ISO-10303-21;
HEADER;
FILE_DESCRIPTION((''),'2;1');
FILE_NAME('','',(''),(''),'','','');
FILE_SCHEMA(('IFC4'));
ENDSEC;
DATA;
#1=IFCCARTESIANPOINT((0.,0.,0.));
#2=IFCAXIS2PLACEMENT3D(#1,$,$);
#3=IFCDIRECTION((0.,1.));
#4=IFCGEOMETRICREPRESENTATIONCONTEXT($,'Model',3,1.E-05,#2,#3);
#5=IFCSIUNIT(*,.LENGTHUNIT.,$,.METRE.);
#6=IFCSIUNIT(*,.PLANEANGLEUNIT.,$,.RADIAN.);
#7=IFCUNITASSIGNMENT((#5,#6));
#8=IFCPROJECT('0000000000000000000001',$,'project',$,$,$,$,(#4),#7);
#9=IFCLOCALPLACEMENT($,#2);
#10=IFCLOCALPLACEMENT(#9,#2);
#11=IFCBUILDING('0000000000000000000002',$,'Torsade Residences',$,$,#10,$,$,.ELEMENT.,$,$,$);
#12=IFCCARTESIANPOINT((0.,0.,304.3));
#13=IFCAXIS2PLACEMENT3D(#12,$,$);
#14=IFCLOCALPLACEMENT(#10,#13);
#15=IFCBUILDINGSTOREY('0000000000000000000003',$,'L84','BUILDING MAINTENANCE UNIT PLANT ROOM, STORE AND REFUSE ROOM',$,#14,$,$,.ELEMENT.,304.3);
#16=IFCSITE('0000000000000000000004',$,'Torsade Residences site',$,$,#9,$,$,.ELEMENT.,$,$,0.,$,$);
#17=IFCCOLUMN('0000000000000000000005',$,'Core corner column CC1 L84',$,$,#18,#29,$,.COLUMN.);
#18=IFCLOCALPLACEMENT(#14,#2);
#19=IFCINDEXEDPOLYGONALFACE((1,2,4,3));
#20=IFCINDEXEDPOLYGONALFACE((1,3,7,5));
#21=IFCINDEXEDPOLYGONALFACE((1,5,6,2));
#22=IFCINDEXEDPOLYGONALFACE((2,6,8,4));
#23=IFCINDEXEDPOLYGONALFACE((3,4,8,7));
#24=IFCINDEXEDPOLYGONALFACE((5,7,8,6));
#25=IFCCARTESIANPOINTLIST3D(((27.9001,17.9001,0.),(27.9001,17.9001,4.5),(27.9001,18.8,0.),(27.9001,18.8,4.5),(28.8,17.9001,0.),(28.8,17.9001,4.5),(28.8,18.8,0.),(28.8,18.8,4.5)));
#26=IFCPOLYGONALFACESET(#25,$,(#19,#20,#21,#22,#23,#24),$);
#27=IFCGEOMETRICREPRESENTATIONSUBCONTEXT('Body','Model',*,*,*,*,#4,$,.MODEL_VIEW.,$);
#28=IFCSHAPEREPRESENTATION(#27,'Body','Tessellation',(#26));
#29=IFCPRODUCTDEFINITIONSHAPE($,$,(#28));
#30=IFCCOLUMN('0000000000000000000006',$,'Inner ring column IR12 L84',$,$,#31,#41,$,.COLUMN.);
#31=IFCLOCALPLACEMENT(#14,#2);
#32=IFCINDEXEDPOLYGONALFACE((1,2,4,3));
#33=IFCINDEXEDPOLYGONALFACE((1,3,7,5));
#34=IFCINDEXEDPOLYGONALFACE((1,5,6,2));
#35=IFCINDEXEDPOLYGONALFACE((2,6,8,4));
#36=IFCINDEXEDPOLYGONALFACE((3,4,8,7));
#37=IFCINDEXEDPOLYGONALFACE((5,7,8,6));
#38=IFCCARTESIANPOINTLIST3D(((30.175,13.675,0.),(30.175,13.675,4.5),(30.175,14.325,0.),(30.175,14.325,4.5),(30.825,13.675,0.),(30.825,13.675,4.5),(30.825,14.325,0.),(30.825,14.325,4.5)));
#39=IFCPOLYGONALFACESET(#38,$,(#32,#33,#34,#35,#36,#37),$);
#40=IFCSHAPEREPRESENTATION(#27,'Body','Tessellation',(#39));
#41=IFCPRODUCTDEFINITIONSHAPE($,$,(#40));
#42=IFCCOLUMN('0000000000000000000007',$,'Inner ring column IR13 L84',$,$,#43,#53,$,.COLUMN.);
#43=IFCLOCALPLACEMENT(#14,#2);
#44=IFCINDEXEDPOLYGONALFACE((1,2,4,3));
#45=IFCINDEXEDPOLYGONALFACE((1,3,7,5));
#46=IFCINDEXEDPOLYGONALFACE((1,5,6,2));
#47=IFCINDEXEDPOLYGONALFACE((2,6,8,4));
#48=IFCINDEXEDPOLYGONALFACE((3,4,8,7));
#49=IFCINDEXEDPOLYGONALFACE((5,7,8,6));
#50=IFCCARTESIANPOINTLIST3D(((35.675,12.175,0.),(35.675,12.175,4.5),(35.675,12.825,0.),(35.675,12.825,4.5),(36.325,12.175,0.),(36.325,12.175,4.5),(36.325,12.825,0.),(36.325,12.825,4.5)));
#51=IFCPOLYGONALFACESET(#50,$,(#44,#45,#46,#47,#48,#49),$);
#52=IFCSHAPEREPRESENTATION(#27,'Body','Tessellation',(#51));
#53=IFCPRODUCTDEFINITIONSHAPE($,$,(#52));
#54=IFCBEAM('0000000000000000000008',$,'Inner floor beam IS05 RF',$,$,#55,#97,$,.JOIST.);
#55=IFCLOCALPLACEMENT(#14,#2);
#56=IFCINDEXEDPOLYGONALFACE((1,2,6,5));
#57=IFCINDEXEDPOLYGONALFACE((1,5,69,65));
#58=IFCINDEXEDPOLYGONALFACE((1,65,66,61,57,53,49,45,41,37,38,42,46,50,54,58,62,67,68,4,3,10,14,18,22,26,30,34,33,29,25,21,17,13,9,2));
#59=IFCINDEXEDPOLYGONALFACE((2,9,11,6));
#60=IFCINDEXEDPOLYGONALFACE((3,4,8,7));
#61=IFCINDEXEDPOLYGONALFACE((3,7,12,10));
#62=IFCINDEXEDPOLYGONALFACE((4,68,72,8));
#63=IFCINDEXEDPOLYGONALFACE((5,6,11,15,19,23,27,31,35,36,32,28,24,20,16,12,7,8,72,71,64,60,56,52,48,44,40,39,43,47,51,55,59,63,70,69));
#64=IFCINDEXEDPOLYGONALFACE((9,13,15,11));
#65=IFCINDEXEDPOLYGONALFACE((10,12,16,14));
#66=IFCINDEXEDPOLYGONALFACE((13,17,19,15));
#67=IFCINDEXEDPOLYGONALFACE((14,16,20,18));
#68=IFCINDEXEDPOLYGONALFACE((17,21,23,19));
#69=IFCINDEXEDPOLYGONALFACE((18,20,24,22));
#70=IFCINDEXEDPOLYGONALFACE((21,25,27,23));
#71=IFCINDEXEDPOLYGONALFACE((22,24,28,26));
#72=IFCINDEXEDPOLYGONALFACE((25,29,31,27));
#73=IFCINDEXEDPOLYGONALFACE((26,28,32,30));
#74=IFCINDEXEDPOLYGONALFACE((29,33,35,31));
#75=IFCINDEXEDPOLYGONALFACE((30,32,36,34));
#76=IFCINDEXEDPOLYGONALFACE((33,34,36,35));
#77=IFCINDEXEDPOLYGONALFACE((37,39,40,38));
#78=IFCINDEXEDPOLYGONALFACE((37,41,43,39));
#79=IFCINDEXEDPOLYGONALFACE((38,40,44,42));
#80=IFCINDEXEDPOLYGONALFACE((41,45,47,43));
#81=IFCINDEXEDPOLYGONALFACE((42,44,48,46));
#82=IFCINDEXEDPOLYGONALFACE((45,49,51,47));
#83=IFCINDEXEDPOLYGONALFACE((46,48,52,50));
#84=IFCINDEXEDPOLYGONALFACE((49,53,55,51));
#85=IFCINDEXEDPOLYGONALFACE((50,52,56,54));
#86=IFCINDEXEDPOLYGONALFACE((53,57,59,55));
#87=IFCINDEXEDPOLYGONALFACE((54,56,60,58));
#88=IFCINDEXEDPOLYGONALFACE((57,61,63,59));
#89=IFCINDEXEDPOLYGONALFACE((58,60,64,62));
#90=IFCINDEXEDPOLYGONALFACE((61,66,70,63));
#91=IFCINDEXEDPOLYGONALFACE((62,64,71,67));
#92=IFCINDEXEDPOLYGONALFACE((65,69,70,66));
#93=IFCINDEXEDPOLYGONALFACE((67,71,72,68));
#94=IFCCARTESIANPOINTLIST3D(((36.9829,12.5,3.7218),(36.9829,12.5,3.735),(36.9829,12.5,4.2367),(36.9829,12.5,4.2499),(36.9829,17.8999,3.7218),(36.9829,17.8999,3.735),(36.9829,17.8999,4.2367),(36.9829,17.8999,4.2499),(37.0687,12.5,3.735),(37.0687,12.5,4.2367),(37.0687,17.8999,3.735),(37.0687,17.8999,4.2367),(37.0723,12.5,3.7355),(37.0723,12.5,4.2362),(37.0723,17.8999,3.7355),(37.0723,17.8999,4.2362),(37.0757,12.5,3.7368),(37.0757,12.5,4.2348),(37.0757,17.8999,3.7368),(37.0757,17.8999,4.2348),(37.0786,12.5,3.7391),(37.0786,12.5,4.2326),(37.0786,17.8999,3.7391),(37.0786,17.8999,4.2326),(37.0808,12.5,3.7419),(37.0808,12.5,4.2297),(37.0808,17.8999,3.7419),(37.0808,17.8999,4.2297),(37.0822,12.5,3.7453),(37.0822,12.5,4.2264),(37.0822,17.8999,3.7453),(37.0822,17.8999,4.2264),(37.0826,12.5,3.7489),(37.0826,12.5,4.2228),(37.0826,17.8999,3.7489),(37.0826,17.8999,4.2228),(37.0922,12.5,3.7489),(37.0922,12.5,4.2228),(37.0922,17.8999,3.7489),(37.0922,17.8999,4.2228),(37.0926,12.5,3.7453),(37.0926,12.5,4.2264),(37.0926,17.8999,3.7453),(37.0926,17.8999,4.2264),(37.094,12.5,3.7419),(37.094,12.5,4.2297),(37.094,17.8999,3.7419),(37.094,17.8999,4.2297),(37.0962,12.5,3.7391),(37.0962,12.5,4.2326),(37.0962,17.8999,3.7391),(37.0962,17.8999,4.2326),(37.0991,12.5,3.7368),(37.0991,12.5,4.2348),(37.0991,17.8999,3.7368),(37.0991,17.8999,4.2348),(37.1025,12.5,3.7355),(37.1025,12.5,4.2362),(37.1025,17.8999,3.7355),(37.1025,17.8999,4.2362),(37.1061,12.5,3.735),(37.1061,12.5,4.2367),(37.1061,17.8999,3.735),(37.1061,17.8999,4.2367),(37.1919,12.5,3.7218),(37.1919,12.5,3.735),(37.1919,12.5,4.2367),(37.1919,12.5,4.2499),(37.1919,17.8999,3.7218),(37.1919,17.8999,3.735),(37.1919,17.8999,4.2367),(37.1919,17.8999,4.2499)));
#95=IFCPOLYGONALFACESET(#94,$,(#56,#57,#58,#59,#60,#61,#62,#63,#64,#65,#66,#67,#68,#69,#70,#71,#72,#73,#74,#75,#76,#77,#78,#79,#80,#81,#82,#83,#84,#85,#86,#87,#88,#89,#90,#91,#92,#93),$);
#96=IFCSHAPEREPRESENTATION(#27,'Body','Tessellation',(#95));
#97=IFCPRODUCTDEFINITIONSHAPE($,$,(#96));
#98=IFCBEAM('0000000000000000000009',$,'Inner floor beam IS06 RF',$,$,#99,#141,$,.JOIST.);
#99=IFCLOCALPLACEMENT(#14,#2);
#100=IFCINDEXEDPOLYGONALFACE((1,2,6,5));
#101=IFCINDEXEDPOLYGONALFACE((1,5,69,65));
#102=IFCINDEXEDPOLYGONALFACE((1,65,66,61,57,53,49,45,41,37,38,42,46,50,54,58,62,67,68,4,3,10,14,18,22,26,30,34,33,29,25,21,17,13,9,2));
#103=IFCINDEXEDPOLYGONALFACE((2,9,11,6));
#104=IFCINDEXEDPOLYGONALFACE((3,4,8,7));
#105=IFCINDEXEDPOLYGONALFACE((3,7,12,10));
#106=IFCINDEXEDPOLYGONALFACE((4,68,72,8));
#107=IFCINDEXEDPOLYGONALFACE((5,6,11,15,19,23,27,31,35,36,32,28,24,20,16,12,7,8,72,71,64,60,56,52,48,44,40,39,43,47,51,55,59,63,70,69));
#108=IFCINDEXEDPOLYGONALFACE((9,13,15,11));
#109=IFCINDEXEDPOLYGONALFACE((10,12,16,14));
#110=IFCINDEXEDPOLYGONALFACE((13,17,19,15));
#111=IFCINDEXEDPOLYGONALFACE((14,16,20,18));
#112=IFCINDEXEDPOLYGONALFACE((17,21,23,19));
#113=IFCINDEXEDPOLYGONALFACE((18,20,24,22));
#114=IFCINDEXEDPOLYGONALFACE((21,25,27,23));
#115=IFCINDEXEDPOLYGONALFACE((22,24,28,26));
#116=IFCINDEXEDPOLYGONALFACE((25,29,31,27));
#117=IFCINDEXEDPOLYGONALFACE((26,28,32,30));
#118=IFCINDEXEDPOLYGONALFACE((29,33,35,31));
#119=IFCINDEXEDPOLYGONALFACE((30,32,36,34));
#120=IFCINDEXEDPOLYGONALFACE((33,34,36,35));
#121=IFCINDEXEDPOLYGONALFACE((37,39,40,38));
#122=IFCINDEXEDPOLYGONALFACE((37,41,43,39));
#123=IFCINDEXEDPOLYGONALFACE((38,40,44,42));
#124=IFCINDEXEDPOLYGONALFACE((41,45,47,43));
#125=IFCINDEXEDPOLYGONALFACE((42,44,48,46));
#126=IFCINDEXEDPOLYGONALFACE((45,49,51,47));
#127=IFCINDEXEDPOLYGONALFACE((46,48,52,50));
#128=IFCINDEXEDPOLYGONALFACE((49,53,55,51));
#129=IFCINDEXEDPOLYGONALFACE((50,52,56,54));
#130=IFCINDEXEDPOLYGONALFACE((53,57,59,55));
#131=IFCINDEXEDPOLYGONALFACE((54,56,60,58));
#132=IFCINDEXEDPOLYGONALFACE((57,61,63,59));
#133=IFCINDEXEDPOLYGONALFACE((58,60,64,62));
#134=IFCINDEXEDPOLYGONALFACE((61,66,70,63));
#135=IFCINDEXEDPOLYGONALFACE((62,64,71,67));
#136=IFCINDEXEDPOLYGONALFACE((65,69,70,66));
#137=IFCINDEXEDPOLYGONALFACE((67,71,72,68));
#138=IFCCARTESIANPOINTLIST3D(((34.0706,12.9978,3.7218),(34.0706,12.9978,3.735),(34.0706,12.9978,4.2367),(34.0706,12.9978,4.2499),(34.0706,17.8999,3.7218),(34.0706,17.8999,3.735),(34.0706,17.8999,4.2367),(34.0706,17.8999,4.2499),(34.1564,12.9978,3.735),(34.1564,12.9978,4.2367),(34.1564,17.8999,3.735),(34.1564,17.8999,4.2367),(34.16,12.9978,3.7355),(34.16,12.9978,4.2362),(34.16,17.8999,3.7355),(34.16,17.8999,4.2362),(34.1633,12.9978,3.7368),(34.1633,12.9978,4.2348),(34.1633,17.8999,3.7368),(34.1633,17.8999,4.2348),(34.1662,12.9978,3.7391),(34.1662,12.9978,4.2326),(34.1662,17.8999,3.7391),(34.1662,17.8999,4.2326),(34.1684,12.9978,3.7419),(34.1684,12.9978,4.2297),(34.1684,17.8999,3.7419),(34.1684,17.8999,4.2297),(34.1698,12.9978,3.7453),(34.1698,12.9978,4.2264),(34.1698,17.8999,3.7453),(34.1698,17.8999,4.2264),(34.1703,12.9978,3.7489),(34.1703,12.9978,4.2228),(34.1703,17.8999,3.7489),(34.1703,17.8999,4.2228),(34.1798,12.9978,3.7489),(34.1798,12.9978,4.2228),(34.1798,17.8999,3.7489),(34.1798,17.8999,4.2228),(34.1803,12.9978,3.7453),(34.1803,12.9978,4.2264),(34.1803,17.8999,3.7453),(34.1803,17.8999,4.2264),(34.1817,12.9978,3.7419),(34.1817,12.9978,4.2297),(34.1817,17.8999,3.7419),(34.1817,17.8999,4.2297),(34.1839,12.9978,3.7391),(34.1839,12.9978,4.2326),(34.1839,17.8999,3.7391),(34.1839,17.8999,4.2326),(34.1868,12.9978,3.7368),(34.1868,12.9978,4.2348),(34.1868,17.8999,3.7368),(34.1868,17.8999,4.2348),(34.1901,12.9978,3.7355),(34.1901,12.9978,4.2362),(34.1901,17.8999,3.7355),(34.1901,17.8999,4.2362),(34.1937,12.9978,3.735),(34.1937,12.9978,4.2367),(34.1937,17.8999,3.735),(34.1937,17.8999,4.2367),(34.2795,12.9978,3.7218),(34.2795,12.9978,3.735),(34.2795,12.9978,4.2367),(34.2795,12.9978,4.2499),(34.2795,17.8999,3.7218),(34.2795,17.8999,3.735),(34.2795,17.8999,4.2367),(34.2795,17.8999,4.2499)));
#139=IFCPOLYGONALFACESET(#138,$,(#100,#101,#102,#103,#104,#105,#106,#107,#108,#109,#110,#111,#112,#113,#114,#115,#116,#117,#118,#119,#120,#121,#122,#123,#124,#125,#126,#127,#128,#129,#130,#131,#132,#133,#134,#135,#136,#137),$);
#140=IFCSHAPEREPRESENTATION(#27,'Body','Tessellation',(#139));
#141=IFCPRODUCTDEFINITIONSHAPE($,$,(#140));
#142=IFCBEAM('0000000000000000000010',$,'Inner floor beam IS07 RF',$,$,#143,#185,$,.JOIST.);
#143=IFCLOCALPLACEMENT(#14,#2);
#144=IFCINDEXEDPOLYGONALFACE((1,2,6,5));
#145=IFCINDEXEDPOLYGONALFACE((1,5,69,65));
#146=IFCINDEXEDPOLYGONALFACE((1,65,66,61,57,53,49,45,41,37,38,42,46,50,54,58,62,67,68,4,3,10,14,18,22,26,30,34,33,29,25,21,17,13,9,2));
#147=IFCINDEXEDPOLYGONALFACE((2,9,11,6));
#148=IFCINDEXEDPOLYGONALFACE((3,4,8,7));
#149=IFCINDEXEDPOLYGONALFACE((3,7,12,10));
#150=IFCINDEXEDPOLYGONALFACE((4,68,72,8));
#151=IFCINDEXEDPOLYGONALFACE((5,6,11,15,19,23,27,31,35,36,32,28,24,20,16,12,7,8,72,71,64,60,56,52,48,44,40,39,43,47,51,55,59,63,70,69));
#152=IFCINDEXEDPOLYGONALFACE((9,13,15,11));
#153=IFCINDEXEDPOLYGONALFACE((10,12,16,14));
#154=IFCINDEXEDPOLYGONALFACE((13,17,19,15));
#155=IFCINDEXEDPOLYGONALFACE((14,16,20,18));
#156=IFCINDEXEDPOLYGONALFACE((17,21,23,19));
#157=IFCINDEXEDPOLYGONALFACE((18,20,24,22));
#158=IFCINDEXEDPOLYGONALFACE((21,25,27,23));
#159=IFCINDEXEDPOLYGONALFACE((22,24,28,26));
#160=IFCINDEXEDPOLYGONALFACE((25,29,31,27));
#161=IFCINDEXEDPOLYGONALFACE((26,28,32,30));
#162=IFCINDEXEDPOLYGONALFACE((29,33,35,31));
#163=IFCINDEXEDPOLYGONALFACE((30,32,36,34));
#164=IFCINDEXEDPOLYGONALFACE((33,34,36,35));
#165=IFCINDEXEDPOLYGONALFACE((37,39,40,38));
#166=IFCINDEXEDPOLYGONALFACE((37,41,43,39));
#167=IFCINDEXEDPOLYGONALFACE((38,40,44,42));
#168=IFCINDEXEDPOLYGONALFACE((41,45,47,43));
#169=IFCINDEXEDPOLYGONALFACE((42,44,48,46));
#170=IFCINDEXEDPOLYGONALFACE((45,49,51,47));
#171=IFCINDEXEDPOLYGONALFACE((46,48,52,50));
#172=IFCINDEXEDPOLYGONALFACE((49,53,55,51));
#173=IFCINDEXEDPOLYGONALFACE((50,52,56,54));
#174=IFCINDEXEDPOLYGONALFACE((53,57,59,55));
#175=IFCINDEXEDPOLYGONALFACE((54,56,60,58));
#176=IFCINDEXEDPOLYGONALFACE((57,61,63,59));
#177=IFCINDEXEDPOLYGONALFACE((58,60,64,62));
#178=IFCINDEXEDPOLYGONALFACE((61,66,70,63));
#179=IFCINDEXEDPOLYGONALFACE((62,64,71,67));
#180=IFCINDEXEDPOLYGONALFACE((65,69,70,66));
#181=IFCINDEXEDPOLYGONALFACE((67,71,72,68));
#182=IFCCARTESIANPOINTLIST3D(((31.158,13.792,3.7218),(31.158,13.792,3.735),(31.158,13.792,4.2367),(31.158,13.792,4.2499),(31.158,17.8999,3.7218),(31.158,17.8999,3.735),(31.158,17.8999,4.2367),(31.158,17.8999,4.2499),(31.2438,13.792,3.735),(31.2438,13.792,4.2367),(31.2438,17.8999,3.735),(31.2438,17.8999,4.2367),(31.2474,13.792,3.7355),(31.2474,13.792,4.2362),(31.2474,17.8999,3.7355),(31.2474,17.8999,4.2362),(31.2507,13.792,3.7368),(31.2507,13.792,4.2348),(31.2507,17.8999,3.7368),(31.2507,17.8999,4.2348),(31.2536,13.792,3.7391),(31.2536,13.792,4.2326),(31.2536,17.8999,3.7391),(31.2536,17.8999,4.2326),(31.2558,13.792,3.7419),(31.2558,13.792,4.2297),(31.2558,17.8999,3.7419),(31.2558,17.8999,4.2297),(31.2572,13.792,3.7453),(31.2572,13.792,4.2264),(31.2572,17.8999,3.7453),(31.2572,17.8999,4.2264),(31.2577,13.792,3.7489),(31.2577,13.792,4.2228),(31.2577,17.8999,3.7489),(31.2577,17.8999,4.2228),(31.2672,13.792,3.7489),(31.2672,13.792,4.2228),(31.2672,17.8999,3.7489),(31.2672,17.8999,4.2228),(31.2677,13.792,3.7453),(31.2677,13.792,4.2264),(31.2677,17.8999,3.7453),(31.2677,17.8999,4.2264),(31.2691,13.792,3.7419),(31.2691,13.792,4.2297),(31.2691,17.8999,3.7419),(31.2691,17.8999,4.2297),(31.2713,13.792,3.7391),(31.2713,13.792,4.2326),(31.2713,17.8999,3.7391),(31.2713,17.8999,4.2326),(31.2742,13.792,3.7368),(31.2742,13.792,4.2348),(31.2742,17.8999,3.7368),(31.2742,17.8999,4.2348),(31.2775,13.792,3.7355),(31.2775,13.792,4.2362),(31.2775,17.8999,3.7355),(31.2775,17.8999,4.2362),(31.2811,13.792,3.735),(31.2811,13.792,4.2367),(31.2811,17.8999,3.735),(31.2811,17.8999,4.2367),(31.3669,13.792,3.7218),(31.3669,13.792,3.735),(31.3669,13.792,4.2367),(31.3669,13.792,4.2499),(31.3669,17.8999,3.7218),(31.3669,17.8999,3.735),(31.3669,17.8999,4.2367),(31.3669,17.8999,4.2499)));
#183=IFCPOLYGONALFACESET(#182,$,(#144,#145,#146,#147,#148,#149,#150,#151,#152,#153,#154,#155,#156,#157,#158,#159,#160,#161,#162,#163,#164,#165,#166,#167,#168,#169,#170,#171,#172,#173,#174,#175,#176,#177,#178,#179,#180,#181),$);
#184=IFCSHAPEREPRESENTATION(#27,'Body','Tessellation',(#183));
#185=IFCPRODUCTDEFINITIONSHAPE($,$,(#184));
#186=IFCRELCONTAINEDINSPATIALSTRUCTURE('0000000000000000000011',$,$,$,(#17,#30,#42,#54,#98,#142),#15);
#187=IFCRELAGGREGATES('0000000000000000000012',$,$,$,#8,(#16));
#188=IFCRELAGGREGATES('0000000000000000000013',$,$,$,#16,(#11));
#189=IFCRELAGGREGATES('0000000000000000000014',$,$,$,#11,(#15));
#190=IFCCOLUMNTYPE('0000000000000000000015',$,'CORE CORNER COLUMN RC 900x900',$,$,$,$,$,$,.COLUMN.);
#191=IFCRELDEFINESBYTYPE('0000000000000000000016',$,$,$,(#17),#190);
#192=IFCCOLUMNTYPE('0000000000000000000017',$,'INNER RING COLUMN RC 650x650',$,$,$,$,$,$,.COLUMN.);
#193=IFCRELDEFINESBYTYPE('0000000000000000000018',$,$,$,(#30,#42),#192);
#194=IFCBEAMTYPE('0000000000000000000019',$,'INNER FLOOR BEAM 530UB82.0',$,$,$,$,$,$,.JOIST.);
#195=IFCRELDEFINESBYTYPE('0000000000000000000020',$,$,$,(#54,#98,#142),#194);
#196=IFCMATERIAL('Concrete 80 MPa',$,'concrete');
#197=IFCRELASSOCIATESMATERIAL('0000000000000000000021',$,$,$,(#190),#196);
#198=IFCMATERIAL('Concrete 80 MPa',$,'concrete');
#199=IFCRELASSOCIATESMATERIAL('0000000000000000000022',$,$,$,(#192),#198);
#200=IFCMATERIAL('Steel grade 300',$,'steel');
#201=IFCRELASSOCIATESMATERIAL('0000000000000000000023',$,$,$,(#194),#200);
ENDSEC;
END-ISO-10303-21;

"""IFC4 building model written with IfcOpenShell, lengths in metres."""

from ifc_helpers import new_model, si_unit, direction, frame, origin, origin_2d, place, context, subcontext, project, spatial, rectangle, i_section, extrude, material, material_profile, profile_set, type_object, element, save


model = new_model("IFC4")

# Units and contexts
model_context = context("Model", 3, precision=1e-05, world=origin(), true_north=direction((0.0, 1.0)))
body_context = subcontext(model_context, "Body", "Model", "MODEL_VIEW")
ifc_project = project(units=[si_unit("LENGTHUNIT", "METRE"), si_unit("PLANEANGLEUNIT", "RADIAN")], contexts=[model_context])

# Site, building, storey
site_placement = place(None, origin())
site = spatial("IfcSite", under=ifc_project, at=site_placement, Name="Torsade Residences site", CompositionType="ELEMENT", RefElevation=0.0)
building_placement = place(site_placement, origin())
building = spatial("IfcBuilding", under=site, at=building_placement, Name="Torsade Residences", CompositionType="ELEMENT")
storey_placement = place(building_placement, frame((0.0, 0.0, 304.3)))
storey = spatial("IfcBuildingStorey", under=building, at=storey_placement, Name="L84", Description="BUILDING MAINTENANCE UNIT PLANT ROOM, STORE AND REFUSE ROOM", CompositionType="ELEMENT", Elevation=304.3)

# Columns
ifc_material_1 = material(Name="Concrete 80 MPa", Category="concrete")
ifc_material_profile_1 = material_profile(ifc_material_1, rectangle(XDim=0.8999, YDim=0.8999, at=origin_2d()), Name="RC 900x900")
ifc_profile_set_1 = profile_set([ifc_material_profile_1], Name="Concrete 80 MPa")
column_type_1 = type_object("IfcColumnType", Name="CORE CORNER COLUMN RC 900x900", PredefinedType="COLUMN", material=ifc_profile_set_1)
column_placement = place(storey_placement, frame((28.3501, 18.3501, 0.0), z_axis=(0.0, 0.0, 1.0), x_axis=(1.0, 0.0, 0.0)))
element("IfcColumn", 1, at=column_placement, inside=storey, type_object=column_type_1, Name="Core corner column CC1 L84", PredefinedType="COLUMN", context=body_context, shape_type="SweptSolid", body=[
    extrude(rectangle(XDim=0.8999, YDim=0.8999, at=origin_2d()), origin(), (0.0, 0.0, 1.0), 4.5),
])
ifc_material_2 = material(Name="Concrete 80 MPa", Category="concrete")
ifc_material_profile_2 = material_profile(ifc_material_2, rectangle(XDim=0.6499, YDim=0.6499, at=origin_2d()), Name="RC 650x650")
ifc_profile_set_2 = profile_set([ifc_material_profile_2], Name="Concrete 80 MPa")
column_type_2 = type_object("IfcColumnType", Name="INNER RING COLUMN RC 650x650", PredefinedType="COLUMN", material=ifc_profile_set_2)
for number, where, z_axis, x_axis, name in (
    (2, (30.5, 14.0, 0.0), (0.0, 0.0, 1.0), (1.0, 0.0, 0.0), "Inner ring column IR12 L84"),
    (3, (36.0, 12.5, 0.0), (0.0, 0.0, 1.0), (1.0, 0.0, 0.0), "Inner ring column IR13 L84"),
):
    element("IfcColumn", number, at=place(storey_placement, frame(where, z_axis=z_axis, x_axis=x_axis)), inside=storey, type_object=column_type_2, Name=name, PredefinedType="COLUMN", context=body_context, shape_type="SweptSolid", body=[
        extrude(rectangle(XDim=0.6499, YDim=0.6499, at=origin_2d()), origin(), (0.0, 0.0, 1.0), 4.5),
    ])

# Beams
ifc_material_3 = material(Name="Steel grade 300", Category="steel")
ifc_material_profile_3 = material_profile(ifc_material_3, i_section(OverallWidth=0.209, OverallDepth=0.5281, WebThickness=0.0095, FlangeThickness=0.0132, FilletRadius=0.0139, at=origin_2d()), Name="530UB82.0")
ifc_profile_set_3 = profile_set([ifc_material_profile_3], Name="Steel grade 300")
beam_type_1 = type_object("IfcBeamType", Name="INNER FLOOR BEAM 530UB82.0", PredefinedType="JOIST", material=ifc_profile_set_3)
beam_1_placement = place(storey_placement, frame((37.0874, 17.8999, 3.9858), z_axis=(0.0, -1.0, 0.0), x_axis=(1.0, 0.0, 0.0)))
element("IfcBeam", 4, at=beam_1_placement, inside=storey, type_object=beam_type_1, Name="Inner floor beam IS05 RF", PredefinedType="JOIST", context=body_context, shape_type="SweptSolid", body=[
    extrude(i_section(OverallWidth=0.209, OverallDepth=0.5281, WebThickness=0.0095, FlangeThickness=0.0132, FilletRadius=0.0139, at=origin_2d()), origin(), (0.0, 0.0, 1.0), 5.3999),
])
beam_2_placement = place(storey_placement, frame((34.175, 17.8999, 3.9858), z_axis=(0.0, -1.0, 0.0), x_axis=(1.0, 0.0, 0.0)))
element("IfcBeam", 5, at=beam_2_placement, inside=storey, type_object=beam_type_1, Name="Inner floor beam IS06 RF", PredefinedType="JOIST", context=body_context, shape_type="SweptSolid", body=[
    extrude(i_section(OverallWidth=0.209, OverallDepth=0.5281, WebThickness=0.0095, FlangeThickness=0.0132, FilletRadius=0.0139, at=origin_2d()), origin(), (0.0, 0.0, 1.0), 4.9021),
])
beam_3_placement = place(storey_placement, frame((31.2625, 17.8999, 3.9858), z_axis=(0.0, -1.0, 0.0), x_axis=(1.0, 0.0, 0.0)))
element("IfcBeam", 6, at=beam_3_placement, inside=storey, type_object=beam_type_1, Name="Inner floor beam IS07 RF", PredefinedType="JOIST", context=body_context, shape_type="SweptSolid", body=[
    extrude(i_section(OverallWidth=0.209, OverallDepth=0.5281, WebThickness=0.0095, FlangeThickness=0.0132, FilletRadius=0.0139, at=origin_2d()), origin(), (0.0, 0.0, 1.0), 4.1079),
])

save(model, "model.ifc")
